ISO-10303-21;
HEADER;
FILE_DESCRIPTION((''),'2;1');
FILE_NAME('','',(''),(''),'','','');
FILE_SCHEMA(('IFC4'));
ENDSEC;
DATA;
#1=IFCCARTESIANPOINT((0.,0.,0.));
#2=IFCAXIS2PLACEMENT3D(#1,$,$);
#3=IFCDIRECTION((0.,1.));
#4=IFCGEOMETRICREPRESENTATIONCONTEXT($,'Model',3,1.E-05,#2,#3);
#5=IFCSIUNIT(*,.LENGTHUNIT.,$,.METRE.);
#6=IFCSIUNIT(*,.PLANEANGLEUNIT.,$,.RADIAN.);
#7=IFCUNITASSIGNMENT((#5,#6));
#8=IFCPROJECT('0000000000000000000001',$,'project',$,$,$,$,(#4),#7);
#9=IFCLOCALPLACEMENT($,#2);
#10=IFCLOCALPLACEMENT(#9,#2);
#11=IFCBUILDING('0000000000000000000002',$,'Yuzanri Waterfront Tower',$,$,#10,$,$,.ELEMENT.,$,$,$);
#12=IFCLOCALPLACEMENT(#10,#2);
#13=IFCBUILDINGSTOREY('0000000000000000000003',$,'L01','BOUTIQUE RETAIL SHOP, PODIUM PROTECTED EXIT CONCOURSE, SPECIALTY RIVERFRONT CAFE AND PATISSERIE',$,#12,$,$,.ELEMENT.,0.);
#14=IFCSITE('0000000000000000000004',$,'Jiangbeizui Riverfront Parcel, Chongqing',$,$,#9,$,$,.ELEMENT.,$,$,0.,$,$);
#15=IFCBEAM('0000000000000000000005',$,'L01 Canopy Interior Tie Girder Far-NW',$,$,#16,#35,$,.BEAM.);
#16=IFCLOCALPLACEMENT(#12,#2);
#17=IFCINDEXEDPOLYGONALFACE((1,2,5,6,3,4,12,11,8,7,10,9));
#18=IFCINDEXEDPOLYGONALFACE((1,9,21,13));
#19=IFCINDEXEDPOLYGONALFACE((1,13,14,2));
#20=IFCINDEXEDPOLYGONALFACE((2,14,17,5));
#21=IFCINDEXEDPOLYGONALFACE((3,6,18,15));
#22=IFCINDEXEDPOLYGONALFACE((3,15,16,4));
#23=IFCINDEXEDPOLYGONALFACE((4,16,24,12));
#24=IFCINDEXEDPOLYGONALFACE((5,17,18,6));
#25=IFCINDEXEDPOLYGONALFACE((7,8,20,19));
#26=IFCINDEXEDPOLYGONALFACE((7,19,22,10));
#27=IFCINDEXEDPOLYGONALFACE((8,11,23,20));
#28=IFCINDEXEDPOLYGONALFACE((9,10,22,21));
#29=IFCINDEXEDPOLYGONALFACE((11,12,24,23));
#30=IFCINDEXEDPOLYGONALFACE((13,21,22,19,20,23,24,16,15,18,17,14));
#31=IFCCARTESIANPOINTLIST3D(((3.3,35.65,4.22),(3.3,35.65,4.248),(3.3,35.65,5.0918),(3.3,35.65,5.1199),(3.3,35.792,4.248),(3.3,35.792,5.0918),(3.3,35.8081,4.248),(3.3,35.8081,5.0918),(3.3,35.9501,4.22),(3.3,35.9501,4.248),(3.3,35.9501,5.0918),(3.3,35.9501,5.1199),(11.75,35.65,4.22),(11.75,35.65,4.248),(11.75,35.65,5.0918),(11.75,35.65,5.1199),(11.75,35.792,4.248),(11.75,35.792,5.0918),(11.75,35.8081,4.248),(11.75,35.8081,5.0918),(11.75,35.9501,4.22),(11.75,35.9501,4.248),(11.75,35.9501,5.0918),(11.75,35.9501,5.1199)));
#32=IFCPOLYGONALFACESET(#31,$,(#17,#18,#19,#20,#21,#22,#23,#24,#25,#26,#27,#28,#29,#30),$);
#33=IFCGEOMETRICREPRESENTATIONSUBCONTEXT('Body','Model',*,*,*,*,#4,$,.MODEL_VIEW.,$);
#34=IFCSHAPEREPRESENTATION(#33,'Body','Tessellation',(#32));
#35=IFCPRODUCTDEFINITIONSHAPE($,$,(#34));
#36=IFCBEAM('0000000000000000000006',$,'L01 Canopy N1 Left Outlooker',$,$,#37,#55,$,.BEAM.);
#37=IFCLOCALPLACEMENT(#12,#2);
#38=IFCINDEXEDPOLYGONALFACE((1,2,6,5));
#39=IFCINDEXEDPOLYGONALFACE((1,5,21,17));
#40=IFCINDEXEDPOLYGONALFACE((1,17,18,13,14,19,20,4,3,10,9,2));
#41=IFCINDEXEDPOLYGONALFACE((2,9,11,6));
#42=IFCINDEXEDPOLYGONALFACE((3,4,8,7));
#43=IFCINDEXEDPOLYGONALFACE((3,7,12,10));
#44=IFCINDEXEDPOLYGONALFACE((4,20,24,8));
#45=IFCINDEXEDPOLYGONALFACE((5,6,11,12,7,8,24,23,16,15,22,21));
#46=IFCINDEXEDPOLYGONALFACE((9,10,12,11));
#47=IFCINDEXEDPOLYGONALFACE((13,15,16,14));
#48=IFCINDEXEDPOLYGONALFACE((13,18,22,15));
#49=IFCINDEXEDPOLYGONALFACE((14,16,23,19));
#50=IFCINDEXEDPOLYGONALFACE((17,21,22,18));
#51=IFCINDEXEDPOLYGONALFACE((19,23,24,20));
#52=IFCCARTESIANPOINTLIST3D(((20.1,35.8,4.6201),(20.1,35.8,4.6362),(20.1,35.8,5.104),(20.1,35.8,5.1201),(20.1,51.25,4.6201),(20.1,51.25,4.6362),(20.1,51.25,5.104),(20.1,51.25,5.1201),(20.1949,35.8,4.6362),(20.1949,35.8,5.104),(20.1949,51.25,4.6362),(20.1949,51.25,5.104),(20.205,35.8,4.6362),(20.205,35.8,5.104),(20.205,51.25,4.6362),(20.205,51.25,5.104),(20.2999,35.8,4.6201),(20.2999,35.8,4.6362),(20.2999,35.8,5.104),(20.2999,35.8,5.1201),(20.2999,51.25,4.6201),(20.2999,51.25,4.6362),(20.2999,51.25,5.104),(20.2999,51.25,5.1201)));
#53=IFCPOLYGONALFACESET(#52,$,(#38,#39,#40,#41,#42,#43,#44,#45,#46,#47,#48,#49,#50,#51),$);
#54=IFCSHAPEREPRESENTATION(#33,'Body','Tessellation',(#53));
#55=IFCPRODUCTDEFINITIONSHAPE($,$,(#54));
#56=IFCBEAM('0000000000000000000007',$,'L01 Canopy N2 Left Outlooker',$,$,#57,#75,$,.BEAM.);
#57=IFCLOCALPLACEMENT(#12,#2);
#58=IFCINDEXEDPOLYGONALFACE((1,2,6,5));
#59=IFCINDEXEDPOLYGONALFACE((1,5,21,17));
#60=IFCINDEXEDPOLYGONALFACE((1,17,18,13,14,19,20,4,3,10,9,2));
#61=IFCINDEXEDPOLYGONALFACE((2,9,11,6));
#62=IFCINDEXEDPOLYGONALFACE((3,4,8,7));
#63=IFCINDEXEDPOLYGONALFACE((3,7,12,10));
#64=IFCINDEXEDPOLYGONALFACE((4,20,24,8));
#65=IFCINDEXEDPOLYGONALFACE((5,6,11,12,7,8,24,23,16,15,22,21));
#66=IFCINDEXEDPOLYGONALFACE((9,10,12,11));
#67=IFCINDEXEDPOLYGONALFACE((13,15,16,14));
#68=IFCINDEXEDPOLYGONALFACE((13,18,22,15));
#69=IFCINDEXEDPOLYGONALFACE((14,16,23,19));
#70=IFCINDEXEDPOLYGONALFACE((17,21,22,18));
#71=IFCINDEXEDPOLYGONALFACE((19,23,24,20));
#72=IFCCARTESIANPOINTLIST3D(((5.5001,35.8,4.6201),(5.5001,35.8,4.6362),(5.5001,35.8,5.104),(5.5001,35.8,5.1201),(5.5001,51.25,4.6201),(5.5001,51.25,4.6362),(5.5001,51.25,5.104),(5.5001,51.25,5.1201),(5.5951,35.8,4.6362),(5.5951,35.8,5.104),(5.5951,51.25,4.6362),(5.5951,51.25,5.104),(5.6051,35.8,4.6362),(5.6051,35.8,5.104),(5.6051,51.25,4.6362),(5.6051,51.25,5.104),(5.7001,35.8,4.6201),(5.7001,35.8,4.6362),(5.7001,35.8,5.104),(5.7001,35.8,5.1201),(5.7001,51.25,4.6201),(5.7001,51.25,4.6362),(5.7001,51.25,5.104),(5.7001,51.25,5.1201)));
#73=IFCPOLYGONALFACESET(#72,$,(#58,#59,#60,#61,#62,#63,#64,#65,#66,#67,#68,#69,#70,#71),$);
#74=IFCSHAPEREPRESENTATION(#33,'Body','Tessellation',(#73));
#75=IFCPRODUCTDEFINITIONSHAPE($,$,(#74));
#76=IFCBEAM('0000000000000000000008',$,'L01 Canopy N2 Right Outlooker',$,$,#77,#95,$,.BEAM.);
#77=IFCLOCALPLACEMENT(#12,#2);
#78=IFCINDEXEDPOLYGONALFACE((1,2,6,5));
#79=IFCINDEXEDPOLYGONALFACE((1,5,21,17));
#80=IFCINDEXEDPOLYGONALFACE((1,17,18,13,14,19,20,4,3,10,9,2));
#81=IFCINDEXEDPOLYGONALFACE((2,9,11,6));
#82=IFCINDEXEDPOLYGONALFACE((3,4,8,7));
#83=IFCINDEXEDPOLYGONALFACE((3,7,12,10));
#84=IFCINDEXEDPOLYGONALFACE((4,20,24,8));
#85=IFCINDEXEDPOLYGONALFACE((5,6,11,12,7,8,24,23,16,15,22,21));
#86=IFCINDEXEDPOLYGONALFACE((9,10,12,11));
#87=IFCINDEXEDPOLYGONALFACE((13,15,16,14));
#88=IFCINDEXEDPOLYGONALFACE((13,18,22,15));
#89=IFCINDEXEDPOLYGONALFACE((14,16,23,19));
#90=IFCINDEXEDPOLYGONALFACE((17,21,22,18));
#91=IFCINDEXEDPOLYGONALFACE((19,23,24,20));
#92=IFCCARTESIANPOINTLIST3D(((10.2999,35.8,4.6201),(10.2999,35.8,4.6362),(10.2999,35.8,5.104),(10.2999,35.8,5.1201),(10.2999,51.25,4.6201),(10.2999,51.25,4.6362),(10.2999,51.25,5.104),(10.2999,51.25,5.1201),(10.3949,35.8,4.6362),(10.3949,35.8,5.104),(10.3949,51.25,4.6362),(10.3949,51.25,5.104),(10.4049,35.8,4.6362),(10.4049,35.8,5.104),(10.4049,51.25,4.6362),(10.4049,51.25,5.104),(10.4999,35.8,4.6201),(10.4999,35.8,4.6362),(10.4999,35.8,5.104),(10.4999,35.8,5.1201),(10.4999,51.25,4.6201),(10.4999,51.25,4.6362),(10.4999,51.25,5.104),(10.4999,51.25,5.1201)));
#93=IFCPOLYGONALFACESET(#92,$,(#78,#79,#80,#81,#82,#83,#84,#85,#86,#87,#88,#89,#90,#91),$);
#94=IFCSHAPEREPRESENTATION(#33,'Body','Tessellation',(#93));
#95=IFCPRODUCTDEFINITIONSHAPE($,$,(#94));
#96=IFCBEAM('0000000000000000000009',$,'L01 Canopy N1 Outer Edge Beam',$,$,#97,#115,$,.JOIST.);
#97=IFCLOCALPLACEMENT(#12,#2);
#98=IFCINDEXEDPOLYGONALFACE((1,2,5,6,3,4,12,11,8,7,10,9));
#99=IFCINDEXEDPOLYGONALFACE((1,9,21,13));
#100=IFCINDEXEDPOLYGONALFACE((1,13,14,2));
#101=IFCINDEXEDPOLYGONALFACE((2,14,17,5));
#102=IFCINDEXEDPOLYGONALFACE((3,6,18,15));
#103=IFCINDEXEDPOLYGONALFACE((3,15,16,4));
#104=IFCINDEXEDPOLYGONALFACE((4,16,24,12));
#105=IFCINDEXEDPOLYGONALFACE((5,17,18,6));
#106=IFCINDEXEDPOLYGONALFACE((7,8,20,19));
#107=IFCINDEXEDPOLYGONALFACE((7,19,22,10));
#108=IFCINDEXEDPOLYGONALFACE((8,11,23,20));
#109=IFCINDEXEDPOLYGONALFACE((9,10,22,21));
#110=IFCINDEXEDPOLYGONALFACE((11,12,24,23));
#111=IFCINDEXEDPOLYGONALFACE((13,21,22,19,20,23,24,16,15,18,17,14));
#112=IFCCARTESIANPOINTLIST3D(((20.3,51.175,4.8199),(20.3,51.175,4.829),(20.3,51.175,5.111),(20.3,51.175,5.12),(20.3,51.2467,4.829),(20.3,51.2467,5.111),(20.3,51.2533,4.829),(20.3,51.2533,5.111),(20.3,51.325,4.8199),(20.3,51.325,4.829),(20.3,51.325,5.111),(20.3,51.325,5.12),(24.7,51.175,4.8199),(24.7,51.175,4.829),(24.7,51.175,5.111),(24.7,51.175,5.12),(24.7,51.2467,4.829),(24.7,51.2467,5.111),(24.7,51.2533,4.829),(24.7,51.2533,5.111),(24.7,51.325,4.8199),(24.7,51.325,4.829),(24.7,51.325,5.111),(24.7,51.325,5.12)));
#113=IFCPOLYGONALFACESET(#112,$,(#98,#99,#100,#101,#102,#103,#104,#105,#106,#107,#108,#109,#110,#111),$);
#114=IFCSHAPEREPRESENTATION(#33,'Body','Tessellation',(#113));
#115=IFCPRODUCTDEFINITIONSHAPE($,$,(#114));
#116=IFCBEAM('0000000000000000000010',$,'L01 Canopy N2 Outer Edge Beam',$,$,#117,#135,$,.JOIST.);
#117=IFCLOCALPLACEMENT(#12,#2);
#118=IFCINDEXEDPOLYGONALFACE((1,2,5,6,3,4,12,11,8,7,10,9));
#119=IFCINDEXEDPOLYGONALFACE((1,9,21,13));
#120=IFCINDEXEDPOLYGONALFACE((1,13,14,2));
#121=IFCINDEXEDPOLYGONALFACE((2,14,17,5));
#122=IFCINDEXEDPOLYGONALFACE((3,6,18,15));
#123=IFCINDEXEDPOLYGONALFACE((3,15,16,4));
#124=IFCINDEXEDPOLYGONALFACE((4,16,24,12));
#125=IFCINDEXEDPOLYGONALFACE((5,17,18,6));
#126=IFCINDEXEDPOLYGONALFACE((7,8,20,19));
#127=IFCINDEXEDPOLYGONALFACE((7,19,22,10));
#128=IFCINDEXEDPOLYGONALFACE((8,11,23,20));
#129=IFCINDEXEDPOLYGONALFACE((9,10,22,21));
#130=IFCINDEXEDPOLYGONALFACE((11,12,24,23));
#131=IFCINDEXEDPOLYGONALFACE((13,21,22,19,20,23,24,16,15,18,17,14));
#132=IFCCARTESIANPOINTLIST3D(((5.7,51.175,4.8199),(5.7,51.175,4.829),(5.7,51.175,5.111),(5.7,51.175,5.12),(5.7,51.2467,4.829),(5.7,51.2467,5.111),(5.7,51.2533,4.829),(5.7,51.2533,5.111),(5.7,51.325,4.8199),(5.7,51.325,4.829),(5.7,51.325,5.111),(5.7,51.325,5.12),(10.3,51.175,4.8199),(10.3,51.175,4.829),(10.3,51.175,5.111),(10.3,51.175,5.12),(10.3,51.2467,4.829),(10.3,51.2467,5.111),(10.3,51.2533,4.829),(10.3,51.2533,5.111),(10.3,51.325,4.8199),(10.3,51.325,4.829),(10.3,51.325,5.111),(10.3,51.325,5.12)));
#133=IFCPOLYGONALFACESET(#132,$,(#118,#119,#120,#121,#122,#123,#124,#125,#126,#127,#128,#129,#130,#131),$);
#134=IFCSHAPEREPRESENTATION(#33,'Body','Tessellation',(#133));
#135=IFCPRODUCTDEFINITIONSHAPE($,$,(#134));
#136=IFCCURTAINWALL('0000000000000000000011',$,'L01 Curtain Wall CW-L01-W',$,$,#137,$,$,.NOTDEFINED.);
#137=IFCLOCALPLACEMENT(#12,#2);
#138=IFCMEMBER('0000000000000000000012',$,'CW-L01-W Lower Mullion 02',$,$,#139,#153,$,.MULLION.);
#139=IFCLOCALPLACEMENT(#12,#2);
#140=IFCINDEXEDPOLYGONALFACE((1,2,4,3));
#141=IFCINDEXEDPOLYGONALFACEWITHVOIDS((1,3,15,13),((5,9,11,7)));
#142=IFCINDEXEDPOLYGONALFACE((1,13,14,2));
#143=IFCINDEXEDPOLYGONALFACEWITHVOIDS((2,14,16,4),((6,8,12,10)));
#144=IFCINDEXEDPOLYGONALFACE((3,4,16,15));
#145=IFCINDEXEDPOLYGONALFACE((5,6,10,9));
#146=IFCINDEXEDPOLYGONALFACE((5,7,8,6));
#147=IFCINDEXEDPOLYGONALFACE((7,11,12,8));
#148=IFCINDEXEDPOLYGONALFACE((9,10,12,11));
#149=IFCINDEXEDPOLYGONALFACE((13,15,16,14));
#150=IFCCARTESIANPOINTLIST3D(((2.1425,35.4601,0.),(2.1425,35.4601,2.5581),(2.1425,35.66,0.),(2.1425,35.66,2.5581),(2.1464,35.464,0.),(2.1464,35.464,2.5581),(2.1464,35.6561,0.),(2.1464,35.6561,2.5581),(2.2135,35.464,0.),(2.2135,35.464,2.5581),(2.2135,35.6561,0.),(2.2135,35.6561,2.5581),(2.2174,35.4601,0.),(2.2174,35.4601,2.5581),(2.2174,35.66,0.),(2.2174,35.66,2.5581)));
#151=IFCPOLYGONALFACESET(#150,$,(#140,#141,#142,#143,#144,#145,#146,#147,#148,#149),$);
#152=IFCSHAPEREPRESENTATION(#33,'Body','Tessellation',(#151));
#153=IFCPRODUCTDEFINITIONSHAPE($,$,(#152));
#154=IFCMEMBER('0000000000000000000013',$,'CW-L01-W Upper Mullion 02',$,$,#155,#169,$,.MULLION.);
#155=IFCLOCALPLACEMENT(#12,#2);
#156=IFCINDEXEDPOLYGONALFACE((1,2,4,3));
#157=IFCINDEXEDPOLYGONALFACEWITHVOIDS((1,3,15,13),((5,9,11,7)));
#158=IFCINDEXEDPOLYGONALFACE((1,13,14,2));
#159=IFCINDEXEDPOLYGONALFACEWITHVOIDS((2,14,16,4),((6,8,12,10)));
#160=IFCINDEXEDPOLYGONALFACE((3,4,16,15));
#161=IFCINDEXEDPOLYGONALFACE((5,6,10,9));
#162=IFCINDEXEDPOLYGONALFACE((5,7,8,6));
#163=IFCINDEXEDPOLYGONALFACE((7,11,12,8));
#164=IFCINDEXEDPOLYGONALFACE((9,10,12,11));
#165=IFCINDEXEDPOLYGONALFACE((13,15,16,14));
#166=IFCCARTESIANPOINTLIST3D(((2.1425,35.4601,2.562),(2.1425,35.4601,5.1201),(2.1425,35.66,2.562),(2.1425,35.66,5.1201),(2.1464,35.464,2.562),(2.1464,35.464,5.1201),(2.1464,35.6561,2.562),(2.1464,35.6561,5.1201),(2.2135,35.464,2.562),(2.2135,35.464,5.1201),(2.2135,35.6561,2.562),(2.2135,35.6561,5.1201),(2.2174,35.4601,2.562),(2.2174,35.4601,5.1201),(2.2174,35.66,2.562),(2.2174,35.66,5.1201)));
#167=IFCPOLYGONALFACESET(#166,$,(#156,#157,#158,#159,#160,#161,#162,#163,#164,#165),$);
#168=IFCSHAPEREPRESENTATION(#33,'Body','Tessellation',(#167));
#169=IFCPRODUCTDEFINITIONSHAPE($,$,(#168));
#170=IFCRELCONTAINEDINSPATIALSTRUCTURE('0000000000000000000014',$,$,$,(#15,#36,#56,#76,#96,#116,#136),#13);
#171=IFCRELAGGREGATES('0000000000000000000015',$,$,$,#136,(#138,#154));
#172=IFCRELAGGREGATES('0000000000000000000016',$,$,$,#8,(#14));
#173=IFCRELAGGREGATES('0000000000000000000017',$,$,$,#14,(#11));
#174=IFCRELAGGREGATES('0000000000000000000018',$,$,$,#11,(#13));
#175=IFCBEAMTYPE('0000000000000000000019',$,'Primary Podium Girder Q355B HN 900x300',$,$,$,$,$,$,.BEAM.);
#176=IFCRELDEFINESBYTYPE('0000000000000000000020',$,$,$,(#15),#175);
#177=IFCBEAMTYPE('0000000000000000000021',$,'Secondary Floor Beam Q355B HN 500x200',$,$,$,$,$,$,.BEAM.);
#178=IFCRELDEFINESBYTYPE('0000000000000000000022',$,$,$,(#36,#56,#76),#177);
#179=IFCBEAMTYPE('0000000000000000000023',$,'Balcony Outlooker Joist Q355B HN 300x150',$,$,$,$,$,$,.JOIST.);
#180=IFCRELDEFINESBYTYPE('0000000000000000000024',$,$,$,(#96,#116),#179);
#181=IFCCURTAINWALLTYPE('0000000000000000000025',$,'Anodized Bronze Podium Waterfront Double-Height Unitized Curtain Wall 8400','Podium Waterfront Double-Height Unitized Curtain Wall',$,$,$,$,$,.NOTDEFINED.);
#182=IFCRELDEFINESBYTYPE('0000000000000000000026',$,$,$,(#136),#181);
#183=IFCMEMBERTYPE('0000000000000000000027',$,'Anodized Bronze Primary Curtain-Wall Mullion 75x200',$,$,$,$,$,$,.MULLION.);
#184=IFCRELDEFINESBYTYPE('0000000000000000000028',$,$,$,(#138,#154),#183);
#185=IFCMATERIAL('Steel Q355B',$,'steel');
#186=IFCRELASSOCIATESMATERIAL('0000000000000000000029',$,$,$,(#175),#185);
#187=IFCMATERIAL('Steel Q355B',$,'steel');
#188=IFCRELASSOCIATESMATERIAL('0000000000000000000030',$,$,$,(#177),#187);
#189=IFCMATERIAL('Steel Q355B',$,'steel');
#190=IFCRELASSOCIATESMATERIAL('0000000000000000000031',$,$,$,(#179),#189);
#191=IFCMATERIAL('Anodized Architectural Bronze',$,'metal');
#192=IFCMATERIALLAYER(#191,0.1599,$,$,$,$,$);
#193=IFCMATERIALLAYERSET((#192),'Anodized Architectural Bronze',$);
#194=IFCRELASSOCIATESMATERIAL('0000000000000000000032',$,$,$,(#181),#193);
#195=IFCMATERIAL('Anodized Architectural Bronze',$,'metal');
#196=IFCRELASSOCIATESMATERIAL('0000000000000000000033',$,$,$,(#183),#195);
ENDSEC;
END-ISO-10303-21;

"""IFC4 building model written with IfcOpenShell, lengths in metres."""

from ifc_helpers import new_model, si_unit, direction, frame, origin, origin_2d, place, context, subcontext, project, spatial, hollow_rectangle, i_section, extrude, source, transform, mapped, material, layer, layer_set, material_profile, profile_set, type_object, element, aggregate, save


model = new_model("IFC4")

# Units and contexts
model_context = context("Model", 3, precision=1e-05, world=origin(), true_north=direction((0.0, 1.0)))
body_context = subcontext(model_context, "Body", "Model", "MODEL_VIEW")
ifc_project = project(units=[si_unit("LENGTHUNIT", "METRE"), si_unit("PLANEANGLEUNIT", "RADIAN")], contexts=[model_context])

# Site, building, storey
site_placement = place(None, origin())
site = spatial("IfcSite", under=ifc_project, at=site_placement, Name="Jiangbeizui Riverfront Parcel, Chongqing", CompositionType="ELEMENT", RefElevation=0.0)
building_placement = place(site_placement, origin())
building = spatial("IfcBuilding", under=site, at=building_placement, Name="Yuzanri Waterfront Tower", CompositionType="ELEMENT")
storey_placement = place(building_placement, origin())
storey = spatial("IfcBuildingStorey", under=building, at=storey_placement, Name="L01", Description="BOUTIQUE RETAIL SHOP, PODIUM PROTECTED EXIT CONCOURSE, SPECIALTY RIVERFRONT CAFE AND PATISSERIE", CompositionType="ELEMENT", Elevation=0.0)

# Beams
ifc_material_1 = material(Name="Steel Q355B", Category="steel")
ifc_material_profile_1 = material_profile(ifc_material_1, i_section(OverallWidth=0.3, OverallDepth=0.8999, WebThickness=0.0161, FlangeThickness=0.0281, at=origin_2d()), Name="HN 900x300x16x28")
ifc_profile_set_1 = profile_set([ifc_material_profile_1], Name="Steel Q355B")
beam_type_1 = type_object("IfcBeamType", Name="Primary Podium Girder Q355B HN 900x300", PredefinedType="BEAM", material=ifc_profile_set_1)
shared_shape_1 = source(origin(), body_context, "Body", "SweptSolid", [
    extrude(i_section(OverallWidth=0.3, OverallDepth=0.8999, WebThickness=0.0161, FlangeThickness=0.0281, at=origin_2d()), origin(), (0.0, 0.0, 1.0), 8.45),
])
beam_1_placement = place(storey_placement, frame((3.3, 35.8, 4.6699), z_axis=(1.0, 0.0, 0.0), x_axis=(0.0, 1.0, 0.0)))
element("IfcBeam", 1, at=beam_1_placement, inside=storey, type_object=beam_type_1, Name="L01 Canopy Interior Tie Girder Far-NW", PredefinedType="BEAM", context=body_context, shape_type="MappedRepresentation", body=[
    mapped(shared_shape_1, transform((0.0, 0.0, 0.0), scale=1.0)),
])
ifc_material_2 = material(Name="Steel Q355B", Category="steel")
ifc_material_profile_2 = material_profile(ifc_material_2, i_section(OverallWidth=0.2, OverallDepth=0.5, WebThickness=0.01, FlangeThickness=0.0161, at=origin_2d()), Name="HN 500x200x10x16")
ifc_profile_set_2 = profile_set([ifc_material_profile_2], Name="Steel Q355B")
beam_type_2 = type_object("IfcBeamType", Name="Secondary Floor Beam Q355B HN 500x200", PredefinedType="BEAM", material=ifc_profile_set_2)
shared_shape_2 = source(origin(), body_context, "Body", "SweptSolid", [
    extrude(i_section(OverallWidth=0.2, OverallDepth=0.5, WebThickness=0.01, FlangeThickness=0.0161, at=origin_2d()), origin(), (0.0, 0.0, 1.0), 15.45),
])
for number, where, z_axis, x_axis, name in (
    (2, (20.2, 35.8, 4.8701), (0.0, 1.0, 0.0), (-1.0, 0.0, 0.0), "L01 Canopy N1 Left Outlooker"),
    (3, (5.6001, 35.8, 4.8701), (0.0, 1.0, 0.0), (-1.0, 0.0, 0.0), "L01 Canopy N2 Left Outlooker"),
    (4, (10.3999, 35.8, 4.8701), (0.0, 1.0, 0.0), (-1.0, 0.0, 0.0), "L01 Canopy N2 Right Outlooker"),
):
    element("IfcBeam", number, at=place(storey_placement, frame(where, z_axis=z_axis, x_axis=x_axis)), inside=storey, type_object=beam_type_2, Name=name, PredefinedType="BEAM", context=body_context, shape_type="MappedRepresentation", body=[
        mapped(shared_shape_2, transform((0.0, 0.0, 0.0), scale=1.0)),
    ])
ifc_material_3 = material(Name="Steel Q355B", Category="steel")
ifc_material_profile_3 = material_profile(ifc_material_3, i_section(OverallWidth=0.1499, OverallDepth=0.3, WebThickness=0.0066, FlangeThickness=0.009, at=origin_2d()), Name="HN 300x150x6.5x9")
ifc_profile_set_3 = profile_set([ifc_material_profile_3], Name="Steel Q355B")
beam_type_3 = type_object("IfcBeamType", Name="Balcony Outlooker Joist Q355B HN 300x150", PredefinedType="JOIST", material=ifc_profile_set_3)
shared_shape_3 = source(origin(), body_context, "Body", "SweptSolid", [
    extrude(i_section(OverallWidth=0.1499, OverallDepth=0.3, WebThickness=0.0066, FlangeThickness=0.009, at=origin_2d()), origin(), (0.0, 0.0, 1.0), 4.3999),
])
beam_2_placement = place(storey_placement, frame((20.3, 51.25, 4.97), z_axis=(1.0, 0.0, 0.0), x_axis=(0.0, 1.0, 0.0)))
element("IfcBeam", 5, at=beam_2_placement, inside=storey, type_object=beam_type_3, Name="L01 Canopy N1 Outer Edge Beam", PredefinedType="JOIST", context=body_context, shape_type="MappedRepresentation", body=[
    mapped(shared_shape_3, transform((0.0, 0.0, 0.0), scale=1.0)),
])
shared_shape_4 = source(origin(), body_context, "Body", "SweptSolid", [
    extrude(i_section(OverallWidth=0.1499, OverallDepth=0.3, WebThickness=0.0066, FlangeThickness=0.009, at=origin_2d()), origin(), (0.0, 0.0, 1.0), 4.6001),
])
beam_3_placement = place(storey_placement, frame((5.7, 51.25, 4.97), z_axis=(1.0, 0.0, 0.0), x_axis=(0.0, 1.0, 0.0)))
element("IfcBeam", 6, at=beam_3_placement, inside=storey, type_object=beam_type_3, Name="L01 Canopy N2 Outer Edge Beam", PredefinedType="JOIST", context=body_context, shape_type="MappedRepresentation", body=[
    mapped(shared_shape_4, transform((0.0, 0.0, 0.0), scale=1.0)),
])

# Curtain wall, members
ifc_material_4 = material(Name="Anodized Architectural Bronze", Category="metal")
ifc_layer_1 = layer(ifc_material_4, 0.1599)
ifc_layer_set_1 = layer_set([ifc_layer_1], Name="Anodized Architectural Bronze")
curtain_wall_type = type_object("IfcCurtainWallType", Name="Anodized Bronze Podium Waterfront Double-Height Unitized Curtain Wall 8400", Description="Podium Waterfront Double-Height Unitized Curtain Wall", PredefinedType="NOTDEFINED", material=ifc_layer_set_1)
curtain_wall_placement = place(storey_placement, origin())
curtain_wall = element("IfcCurtainWall", 7, at=curtain_wall_placement, inside=storey, type_object=curtain_wall_type, Name="L01 Curtain Wall CW-L01-W", PredefinedType="NOTDEFINED")
ifc_material_5 = material(Name="Anodized Architectural Bronze", Category="metal")
ifc_material_profile_4 = material_profile(ifc_material_5, hollow_rectangle(XDim=0.075, YDim=0.2, WallThickness=0.0039, at=origin_2d()), Name="CWM 75x200")
ifc_profile_set_4 = profile_set([ifc_material_profile_4], Name="Anodized Architectural Bronze")
member_type = type_object("IfcMemberType", Name="Anodized Bronze Primary Curtain-Wall Mullion 75x200", PredefinedType="MULLION", material=ifc_profile_set_4)
shared_shape_5 = source(origin(), body_context, "Body", "SweptSolid", [
    extrude(hollow_rectangle(XDim=0.075, YDim=0.2, WallThickness=0.0039, at=origin_2d()), origin(), (0.0, 0.0, 1.0), 2.5581),
])
member_1_placement = place(storey_placement, frame((2.1799, 35.5601, 0.0), z_axis=(0.0, 0.0, 1.0), x_axis=(1.0, 0.0, 0.0)))
member_1 = element("IfcMember", 8, at=member_1_placement, type_object=member_type, Name="CW-L01-W Lower Mullion 02", PredefinedType="MULLION", context=body_context, shape_type="MappedRepresentation", body=[
    mapped(shared_shape_5, transform((0.0, 0.0, 0.0), scale=1.0)),
])
member_2_placement = place(storey_placement, frame((2.1799, 35.5601, 2.562), z_axis=(0.0, 0.0, 1.0), x_axis=(1.0, 0.0, 0.0)))
member_2 = element("IfcMember", 9, at=member_2_placement, type_object=member_type, Name="CW-L01-W Upper Mullion 02", PredefinedType="MULLION", context=body_context, shape_type="MappedRepresentation", body=[
    mapped(shared_shape_5, transform((0.0, 0.0, 0.0), scale=1.0)),
])
aggregate(curtain_wall, [member_1, member_2])

save(model, "model.ifc")
